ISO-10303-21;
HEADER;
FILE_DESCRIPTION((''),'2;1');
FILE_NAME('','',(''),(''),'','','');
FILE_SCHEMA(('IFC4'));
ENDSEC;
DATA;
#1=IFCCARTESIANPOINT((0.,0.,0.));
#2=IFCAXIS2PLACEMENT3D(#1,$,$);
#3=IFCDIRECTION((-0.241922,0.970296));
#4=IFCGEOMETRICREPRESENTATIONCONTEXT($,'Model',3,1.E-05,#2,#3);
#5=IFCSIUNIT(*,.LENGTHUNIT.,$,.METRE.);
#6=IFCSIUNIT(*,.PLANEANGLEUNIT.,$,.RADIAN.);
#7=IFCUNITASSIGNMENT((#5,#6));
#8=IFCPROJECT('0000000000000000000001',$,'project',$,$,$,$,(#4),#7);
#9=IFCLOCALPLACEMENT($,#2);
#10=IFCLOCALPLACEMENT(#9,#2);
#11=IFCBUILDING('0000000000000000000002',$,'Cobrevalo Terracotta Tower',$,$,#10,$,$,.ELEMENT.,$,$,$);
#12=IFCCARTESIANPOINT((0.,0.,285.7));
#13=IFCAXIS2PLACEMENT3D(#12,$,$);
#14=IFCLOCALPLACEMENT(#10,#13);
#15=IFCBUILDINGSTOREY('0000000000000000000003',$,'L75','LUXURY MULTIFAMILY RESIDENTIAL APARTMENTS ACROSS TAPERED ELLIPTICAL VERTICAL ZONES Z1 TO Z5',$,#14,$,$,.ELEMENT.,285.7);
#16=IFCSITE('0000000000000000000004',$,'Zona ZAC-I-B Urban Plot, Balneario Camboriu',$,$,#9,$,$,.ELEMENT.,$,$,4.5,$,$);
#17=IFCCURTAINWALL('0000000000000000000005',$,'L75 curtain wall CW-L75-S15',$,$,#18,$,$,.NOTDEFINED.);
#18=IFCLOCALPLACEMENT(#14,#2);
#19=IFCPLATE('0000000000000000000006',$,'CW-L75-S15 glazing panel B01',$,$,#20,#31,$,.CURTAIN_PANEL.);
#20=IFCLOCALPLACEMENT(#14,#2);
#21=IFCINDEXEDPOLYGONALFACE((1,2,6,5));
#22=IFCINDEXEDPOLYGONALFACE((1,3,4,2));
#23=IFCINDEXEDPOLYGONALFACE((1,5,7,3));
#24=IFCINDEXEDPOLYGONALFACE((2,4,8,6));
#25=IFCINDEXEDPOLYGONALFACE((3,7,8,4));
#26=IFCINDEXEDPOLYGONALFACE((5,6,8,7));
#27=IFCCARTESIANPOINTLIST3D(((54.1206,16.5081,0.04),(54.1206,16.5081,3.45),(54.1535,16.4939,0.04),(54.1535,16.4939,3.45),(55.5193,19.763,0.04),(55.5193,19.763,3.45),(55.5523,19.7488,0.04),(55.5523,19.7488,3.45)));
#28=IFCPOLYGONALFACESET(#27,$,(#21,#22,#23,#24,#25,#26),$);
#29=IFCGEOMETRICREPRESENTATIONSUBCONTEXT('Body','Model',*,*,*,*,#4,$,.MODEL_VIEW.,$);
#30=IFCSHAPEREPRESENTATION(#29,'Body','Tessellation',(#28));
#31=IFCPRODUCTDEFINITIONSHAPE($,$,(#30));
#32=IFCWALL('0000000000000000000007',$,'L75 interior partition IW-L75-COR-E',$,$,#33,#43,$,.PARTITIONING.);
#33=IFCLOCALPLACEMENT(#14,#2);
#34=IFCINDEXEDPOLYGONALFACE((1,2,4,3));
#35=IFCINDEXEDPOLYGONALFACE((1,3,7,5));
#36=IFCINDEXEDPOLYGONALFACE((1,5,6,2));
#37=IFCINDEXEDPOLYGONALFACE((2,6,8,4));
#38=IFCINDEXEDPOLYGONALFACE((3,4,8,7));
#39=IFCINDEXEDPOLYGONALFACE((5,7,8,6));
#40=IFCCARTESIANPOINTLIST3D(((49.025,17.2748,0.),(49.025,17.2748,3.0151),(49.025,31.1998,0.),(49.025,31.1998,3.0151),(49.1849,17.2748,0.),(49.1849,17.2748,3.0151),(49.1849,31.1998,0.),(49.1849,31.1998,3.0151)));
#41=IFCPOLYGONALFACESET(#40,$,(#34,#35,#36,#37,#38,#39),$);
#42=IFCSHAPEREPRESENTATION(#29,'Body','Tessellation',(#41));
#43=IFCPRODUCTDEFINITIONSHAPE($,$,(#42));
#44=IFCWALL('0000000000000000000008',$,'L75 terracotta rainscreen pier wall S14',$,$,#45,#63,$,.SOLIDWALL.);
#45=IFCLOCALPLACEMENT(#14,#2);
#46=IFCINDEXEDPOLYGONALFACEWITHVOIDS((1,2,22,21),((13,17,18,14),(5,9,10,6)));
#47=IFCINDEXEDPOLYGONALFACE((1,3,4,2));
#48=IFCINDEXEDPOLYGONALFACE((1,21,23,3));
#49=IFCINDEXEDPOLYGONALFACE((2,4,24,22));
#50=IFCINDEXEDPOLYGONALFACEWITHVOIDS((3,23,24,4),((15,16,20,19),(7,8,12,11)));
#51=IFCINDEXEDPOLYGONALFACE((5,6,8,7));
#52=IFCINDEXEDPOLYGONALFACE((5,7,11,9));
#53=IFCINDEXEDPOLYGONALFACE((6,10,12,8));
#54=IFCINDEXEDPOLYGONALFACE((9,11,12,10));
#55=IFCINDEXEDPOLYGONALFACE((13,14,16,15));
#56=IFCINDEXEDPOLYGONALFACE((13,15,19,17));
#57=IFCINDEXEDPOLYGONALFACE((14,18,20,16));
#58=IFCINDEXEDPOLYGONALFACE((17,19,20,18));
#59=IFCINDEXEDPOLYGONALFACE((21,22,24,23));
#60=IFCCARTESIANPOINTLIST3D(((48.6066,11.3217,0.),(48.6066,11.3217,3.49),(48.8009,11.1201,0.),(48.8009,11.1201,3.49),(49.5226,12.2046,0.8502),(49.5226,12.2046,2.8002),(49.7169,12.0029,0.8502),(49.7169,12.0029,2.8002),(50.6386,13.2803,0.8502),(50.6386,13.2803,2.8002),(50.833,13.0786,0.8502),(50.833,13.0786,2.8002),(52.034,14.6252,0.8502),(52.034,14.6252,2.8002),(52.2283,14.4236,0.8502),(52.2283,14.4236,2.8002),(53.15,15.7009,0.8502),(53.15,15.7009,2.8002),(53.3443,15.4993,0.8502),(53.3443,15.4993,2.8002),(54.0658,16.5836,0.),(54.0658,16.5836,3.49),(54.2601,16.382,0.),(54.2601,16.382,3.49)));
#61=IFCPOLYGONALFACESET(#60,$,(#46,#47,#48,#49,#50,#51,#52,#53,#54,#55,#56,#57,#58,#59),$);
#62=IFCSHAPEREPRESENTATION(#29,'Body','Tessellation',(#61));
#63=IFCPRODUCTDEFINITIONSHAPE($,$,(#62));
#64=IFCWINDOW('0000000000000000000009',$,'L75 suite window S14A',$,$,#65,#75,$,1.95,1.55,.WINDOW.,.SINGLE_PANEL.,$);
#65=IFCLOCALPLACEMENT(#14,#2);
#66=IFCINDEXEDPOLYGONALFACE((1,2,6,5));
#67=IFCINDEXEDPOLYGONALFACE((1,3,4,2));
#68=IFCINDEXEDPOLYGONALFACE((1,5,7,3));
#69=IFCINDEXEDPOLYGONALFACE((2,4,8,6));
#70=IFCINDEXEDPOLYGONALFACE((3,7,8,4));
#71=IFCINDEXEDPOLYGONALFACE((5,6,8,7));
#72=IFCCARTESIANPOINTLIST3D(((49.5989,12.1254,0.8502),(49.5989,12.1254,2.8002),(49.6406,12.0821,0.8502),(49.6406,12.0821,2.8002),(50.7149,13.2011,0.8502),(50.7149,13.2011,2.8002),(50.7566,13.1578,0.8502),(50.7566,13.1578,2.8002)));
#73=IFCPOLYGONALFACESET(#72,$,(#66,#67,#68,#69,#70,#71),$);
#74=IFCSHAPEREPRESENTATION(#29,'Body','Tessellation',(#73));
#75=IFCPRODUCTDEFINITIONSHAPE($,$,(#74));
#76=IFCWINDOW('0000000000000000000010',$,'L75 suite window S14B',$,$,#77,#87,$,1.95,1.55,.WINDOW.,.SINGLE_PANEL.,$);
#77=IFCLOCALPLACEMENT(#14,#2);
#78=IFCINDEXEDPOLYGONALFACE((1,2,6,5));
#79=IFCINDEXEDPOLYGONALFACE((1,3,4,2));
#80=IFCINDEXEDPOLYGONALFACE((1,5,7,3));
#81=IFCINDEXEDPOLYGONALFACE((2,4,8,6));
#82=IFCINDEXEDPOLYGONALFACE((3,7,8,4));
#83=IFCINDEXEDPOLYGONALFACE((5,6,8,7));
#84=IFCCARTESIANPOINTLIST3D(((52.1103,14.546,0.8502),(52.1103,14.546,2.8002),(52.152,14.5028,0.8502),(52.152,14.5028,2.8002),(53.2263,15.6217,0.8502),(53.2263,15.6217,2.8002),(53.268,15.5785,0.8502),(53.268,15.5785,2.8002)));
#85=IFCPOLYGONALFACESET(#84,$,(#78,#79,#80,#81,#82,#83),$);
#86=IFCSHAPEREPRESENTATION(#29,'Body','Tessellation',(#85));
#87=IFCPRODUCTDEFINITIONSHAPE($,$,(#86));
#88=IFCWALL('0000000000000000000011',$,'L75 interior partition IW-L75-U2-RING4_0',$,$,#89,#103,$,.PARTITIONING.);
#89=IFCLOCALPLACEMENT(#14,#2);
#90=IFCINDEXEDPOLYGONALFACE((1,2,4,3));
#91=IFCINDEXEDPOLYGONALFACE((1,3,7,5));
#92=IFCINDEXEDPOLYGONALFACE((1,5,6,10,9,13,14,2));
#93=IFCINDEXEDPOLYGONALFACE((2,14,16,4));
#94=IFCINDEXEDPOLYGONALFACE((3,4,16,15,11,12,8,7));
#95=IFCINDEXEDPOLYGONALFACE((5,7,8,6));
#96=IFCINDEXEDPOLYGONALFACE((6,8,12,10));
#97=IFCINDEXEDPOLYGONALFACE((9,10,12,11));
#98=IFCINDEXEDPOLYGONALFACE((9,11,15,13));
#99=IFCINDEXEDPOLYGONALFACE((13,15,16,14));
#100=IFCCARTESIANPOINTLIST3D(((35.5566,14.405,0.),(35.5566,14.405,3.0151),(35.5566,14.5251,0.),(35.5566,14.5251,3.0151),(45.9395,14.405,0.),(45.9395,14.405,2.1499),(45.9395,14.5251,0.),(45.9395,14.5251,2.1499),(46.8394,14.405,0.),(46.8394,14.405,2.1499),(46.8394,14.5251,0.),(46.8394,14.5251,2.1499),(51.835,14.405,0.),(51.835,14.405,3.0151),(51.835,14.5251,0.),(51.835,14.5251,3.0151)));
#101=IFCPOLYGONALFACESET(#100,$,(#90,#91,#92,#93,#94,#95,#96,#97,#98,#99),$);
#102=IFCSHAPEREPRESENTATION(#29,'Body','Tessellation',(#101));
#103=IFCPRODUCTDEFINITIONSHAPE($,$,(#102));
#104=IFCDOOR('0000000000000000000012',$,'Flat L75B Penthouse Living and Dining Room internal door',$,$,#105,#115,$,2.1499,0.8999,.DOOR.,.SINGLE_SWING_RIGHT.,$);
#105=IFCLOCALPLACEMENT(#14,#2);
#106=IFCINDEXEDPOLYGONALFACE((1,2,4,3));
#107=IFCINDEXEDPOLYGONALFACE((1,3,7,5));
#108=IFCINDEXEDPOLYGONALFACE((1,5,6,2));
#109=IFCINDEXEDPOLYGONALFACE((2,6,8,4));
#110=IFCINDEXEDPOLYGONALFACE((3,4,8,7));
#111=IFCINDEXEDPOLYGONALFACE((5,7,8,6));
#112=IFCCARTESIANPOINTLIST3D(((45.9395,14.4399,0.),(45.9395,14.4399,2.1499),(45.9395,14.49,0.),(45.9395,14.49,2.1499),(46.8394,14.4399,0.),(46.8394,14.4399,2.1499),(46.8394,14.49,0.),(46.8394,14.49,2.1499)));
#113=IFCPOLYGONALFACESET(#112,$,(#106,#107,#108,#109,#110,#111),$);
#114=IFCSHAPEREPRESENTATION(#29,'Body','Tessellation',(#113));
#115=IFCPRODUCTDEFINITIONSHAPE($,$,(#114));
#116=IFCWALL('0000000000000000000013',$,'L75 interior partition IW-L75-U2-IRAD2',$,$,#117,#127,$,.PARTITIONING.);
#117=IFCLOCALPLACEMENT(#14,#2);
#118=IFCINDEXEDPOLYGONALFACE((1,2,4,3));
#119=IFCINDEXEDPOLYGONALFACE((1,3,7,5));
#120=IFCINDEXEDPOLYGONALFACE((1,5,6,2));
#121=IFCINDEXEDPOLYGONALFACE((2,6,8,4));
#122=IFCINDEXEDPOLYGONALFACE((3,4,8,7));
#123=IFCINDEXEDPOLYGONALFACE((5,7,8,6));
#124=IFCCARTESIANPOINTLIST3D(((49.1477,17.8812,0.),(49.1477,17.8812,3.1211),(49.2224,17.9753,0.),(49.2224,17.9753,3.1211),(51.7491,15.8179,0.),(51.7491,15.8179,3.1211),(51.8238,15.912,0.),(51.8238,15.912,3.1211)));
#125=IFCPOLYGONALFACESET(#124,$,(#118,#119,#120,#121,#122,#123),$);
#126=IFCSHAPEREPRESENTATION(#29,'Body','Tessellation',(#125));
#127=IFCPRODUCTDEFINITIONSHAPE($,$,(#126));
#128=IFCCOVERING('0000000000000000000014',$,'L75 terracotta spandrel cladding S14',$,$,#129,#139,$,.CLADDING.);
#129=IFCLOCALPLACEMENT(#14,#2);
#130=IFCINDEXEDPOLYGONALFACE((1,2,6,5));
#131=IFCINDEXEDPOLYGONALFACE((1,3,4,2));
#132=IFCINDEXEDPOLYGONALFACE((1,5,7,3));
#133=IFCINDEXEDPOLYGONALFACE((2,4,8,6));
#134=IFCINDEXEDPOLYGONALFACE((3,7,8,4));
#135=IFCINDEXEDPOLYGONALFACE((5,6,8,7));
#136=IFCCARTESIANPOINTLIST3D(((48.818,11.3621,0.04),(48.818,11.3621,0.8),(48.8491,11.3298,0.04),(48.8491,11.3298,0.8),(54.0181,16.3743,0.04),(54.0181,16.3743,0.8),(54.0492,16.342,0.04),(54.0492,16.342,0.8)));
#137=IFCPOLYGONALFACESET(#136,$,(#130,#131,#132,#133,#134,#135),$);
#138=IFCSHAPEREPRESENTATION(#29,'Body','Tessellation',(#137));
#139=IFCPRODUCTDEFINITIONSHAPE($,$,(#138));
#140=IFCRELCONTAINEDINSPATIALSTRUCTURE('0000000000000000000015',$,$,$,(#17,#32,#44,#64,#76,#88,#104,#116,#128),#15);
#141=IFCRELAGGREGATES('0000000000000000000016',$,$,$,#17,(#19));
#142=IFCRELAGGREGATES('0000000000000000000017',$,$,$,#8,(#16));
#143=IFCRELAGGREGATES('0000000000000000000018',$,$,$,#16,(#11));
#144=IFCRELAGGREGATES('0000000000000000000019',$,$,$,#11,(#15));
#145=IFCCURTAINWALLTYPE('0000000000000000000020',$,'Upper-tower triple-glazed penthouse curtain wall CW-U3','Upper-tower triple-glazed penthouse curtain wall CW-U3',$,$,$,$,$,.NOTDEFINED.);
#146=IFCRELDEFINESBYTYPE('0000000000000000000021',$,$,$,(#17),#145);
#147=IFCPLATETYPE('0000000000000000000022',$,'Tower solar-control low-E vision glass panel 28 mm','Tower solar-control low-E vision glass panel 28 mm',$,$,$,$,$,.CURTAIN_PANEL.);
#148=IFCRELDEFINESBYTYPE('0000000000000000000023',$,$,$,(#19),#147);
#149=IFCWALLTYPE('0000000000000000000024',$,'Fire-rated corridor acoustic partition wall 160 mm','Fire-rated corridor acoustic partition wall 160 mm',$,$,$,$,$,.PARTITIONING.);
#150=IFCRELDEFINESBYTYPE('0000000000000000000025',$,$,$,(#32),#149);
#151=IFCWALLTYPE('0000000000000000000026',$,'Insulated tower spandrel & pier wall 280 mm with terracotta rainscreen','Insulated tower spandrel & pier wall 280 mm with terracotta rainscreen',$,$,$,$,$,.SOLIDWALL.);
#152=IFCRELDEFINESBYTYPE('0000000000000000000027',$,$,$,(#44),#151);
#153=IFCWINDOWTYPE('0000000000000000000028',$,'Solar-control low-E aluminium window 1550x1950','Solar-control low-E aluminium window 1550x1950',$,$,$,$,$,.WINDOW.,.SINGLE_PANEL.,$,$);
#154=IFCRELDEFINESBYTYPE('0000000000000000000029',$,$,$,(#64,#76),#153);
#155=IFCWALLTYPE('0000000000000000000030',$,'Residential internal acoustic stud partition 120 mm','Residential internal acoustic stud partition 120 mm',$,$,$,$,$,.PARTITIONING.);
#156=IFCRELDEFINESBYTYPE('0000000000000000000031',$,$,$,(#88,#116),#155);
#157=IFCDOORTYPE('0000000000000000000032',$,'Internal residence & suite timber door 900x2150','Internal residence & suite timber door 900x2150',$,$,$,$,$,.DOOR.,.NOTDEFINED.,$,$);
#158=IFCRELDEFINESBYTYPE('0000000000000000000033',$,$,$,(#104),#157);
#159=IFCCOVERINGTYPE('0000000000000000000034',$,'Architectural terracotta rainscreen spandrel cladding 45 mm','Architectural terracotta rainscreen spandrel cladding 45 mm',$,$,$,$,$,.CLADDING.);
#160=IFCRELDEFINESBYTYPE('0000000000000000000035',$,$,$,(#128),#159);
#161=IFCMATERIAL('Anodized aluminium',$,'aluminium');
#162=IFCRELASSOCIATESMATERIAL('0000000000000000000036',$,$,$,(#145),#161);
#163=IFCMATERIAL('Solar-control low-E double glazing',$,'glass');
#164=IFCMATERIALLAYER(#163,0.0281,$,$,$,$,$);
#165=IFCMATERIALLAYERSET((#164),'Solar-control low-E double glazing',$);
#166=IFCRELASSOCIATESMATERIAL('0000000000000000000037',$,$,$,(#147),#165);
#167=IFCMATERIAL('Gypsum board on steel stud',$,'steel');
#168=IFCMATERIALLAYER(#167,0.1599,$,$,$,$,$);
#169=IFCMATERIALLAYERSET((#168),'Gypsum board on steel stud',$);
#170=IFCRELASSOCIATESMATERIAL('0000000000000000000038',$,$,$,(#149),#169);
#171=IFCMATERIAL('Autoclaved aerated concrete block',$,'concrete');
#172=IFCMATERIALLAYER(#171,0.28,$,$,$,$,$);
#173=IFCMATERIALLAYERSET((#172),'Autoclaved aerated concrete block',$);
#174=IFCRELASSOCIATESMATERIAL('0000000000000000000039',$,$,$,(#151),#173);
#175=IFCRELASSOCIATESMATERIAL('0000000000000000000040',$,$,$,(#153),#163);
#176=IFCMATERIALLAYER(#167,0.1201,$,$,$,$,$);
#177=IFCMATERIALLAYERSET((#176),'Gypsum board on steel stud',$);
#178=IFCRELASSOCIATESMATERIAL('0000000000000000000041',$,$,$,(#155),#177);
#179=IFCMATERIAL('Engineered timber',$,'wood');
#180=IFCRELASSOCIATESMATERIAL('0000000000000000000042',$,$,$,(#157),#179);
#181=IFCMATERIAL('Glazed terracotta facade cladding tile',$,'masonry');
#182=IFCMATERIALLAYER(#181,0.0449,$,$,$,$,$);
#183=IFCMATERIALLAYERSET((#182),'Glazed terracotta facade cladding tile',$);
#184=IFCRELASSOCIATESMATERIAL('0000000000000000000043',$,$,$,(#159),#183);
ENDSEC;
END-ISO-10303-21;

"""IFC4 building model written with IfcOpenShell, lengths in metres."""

from ifc_helpers import new_model, si_unit, direction, frame, frame_2d, origin, origin_2d, place, context, subcontext, project, spatial, rectangle, extrude, source, transform, mapped, material, layer, layer_set, type_object, element, fill, aggregate, save


model = new_model("IFC4")

# Units and contexts
model_context = context("Model", 3, precision=1e-05, world=origin(), true_north=direction((-0.241922, 0.970296)))
body_context = subcontext(model_context, "Body", "Model", "MODEL_VIEW")
ifc_project = project(units=[si_unit("LENGTHUNIT", "METRE"), si_unit("PLANEANGLEUNIT", "RADIAN")], contexts=[model_context])

# Site, building, storey
site_placement = place(None, origin())
site = spatial("IfcSite", under=ifc_project, at=site_placement, Name="Zona ZAC-I-B Urban Plot, Balneario Camboriu", CompositionType="ELEMENT", RefElevation=4.5)
building_placement = place(site_placement, origin())
building = spatial("IfcBuilding", under=site, at=building_placement, Name="Cobrevalo Terracotta Tower", CompositionType="ELEMENT")
storey_placement = place(building_placement, frame((0.0, 0.0, 285.7)))
storey = spatial("IfcBuildingStorey", under=building, at=storey_placement, Name="L75", Description="LUXURY MULTIFAMILY RESIDENTIAL APARTMENTS ACROSS TAPERED ELLIPTICAL VERTICAL ZONES Z1 TO Z5", CompositionType="ELEMENT", Elevation=285.7)

# Shared definitions
ifc_material_1 = material(Name="Anodized aluminium", Category="aluminium")
curtain_wall_type = type_object("IfcCurtainWallType", Name="Upper-tower triple-glazed penthouse curtain wall CW-U3", Description="Upper-tower triple-glazed penthouse curtain wall CW-U3", PredefinedType="NOTDEFINED", material=ifc_material_1)

# Curtain wall
curtain_wall_1_placement = place(storey_placement, origin())
curtain_wall_1 = element("IfcCurtainWall", 1, at=curtain_wall_1_placement, inside=storey, type_object=curtain_wall_type, Name="L75 curtain wall CW-L75-S15", PredefinedType="NOTDEFINED")

# Plate
ifc_material_2 = material(Name="Solar-control low-E double glazing", Category="glass")
ifc_layer_1 = layer(ifc_material_2, 0.0281)
ifc_layer_set_1 = layer_set([ifc_layer_1], Name="Solar-control low-E double glazing")
plate_type = type_object("IfcPlateType", Name="Tower solar-control low-E vision glass panel 28 mm", Description="Tower solar-control low-E vision glass panel 28 mm", PredefinedType="CURTAIN_PANEL", material=ifc_layer_set_1)
shared_shape_1 = source(origin(), body_context, "Body", "SweptSolid", [
    extrude(rectangle(XDim=3.5427, YDim=0.0359, at=origin_2d()), origin(), (0.0, 0.0, 1.0), 3.4099),
])
plate_1_placement = place(storey_placement, frame((54.8364, 18.1284, 0.04), z_axis=(0.0, 0.0, 1.0), x_axis=(0.394829, 0.918755, 0.0)))
plate_1 = element("IfcPlate", 2, at=plate_1_placement, type_object=plate_type, Name="CW-L75-S15 glazing panel B01", PredefinedType="CURTAIN_PANEL", context=body_context, shape_type="MappedRepresentation", body=[
    mapped(shared_shape_1, transform((0.0, 0.0, 0.0), scale=1.0)),
])
aggregate(curtain_wall_1, [plate_1])

# Wall
ifc_material_3 = material(Name="Gypsum board on steel stud", Category="steel")
ifc_layer_2 = layer(ifc_material_3, 0.1599)
ifc_layer_set_2 = layer_set([ifc_layer_2], Name="Gypsum board on steel stud")
wall_type_1 = type_object("IfcWallType", Name="Fire-rated corridor acoustic partition wall 160 mm", Description="Fire-rated corridor acoustic partition wall 160 mm", PredefinedType="PARTITIONING", material=ifc_layer_set_2)
wall_1_placement = place(storey_placement, frame((49.105, 17.2749, 0.0), z_axis=(0.0, 0.0, 1.0), x_axis=(0.0, 1.0, 0.0)))
element("IfcWall", 3, at=wall_1_placement, inside=storey, type_object=wall_type_1, Name="L75 interior partition IW-L75-COR-E", PredefinedType="PARTITIONING", context=body_context, shape_type="SweptSolid", body=[
    extrude(rectangle(XDim=13.925, YDim=0.1599, at=frame_2d((6.9624, 0.0))), origin(), (0.0, 0.0, 1.0), 3.0151),
])

# Wall, openings, windows
ifc_material_4 = material(Name="Autoclaved aerated concrete block", Category="concrete")
ifc_layer_3 = layer(ifc_material_4, 0.28)
ifc_layer_set_3 = layer_set([ifc_layer_3], Name="Autoclaved aerated concrete block")
wall_type_2 = type_object("IfcWallType", Name="Insulated tower spandrel & pier wall 280 mm with terracotta rainscreen", Description="Insulated tower spandrel & pier wall 280 mm with terracotta rainscreen", PredefinedType="SOLIDWALL", material=ifc_layer_set_3)
wall_2_placement = place(storey_placement, frame((48.7039, 11.2209, 0.0), z_axis=(0.0, 0.0, 1.0), x_axis=(0.719995, 0.693979, 0.0)))
wall_2 = element("IfcWall", 4, at=wall_2_placement, inside=storey, type_object=wall_type_2, Name="L75 terracotta rainscreen pier wall S14", PredefinedType="SOLIDWALL", context=body_context, shape_type="SweptSolid", body=[
    extrude(rectangle(XDim=7.5823, YDim=0.28, at=frame_2d((3.791, 0.0))), origin(), (0.0, 0.0, 1.0), 3.49),
])
opening_1_placement = place(wall_2_placement, frame((1.2722, 0.0, 0.8501)))
opening_1 = element("IfcOpeningElement", 5, at=opening_1_placement, cuts=wall_2, PredefinedType="OPENING", context=body_context, shape_type="SweptSolid", body=[
    extrude(rectangle(XDim=1.55, YDim=1.95, at=frame_2d((0.7749, 0.9751))), frame((0.0, 0.1499, 0.0), z_axis=(0.0, -1.0, 0.0), x_axis=(1.0, 0.0, 0.0)), (0.0, 0.0, 1.0), 0.3),
])
opening_2_placement = place(wall_2_placement, frame((4.7603, 0.0, 0.8501)))
opening_2 = element("IfcOpeningElement", 6, at=opening_2_placement, cuts=wall_2, PredefinedType="OPENING", context=body_context, shape_type="SweptSolid", body=[
    extrude(rectangle(XDim=1.55, YDim=1.95, at=frame_2d((0.7749, 0.9751))), frame((0.0, 0.1499, 0.0), z_axis=(0.0, -1.0, 0.0), x_axis=(1.0, 0.0, 0.0)), (0.0, 0.0, 1.0), 0.3),
])
window_type = type_object("IfcWindowType", Name="Solar-control low-E aluminium window 1550x1950", Description="Solar-control low-E aluminium window 1550x1950", PartitioningType="SINGLE_PANEL", PredefinedType="WINDOW", material=ifc_material_2)
shared_shape_2 = source(origin(), body_context, "Body", "SweptSolid", [
    extrude(rectangle(XDim=1.55, YDim=1.95, at=frame_2d((0.7749, 0.9751))), frame((0.0, 0.03, 0.0), z_axis=(0.0, -1.0, 0.0), x_axis=(1.0, 0.0, 0.0)), (0.0, 0.0, 1.0), 0.0601),
])
window_1_placement = place(opening_1_placement, origin())
window_1 = element("IfcWindow", 7, at=window_1_placement, inside=storey, type_object=window_type, Name="L75 suite window S14A", OverallHeight=1.95, OverallWidth=1.55, PartitioningType="SINGLE_PANEL", PredefinedType="WINDOW", context=body_context, shape_type="MappedRepresentation", body=[
    mapped(shared_shape_2, transform((0.0, 0.0, 0.0), scale=1.0)),
])
fill(opening_1, window_1)
window_2_placement = place(opening_2_placement, origin())
window_2 = element("IfcWindow", 8, at=window_2_placement, inside=storey, type_object=window_type, Name="L75 suite window S14B", OverallHeight=1.95, OverallWidth=1.55, PartitioningType="SINGLE_PANEL", PredefinedType="WINDOW", context=body_context, shape_type="MappedRepresentation", body=[
    mapped(shared_shape_2, transform((0.0, 0.0, 0.0), scale=1.0)),
])
fill(opening_2, window_2)

# Wall, opening, door
ifc_layer_4 = layer(ifc_material_3, 0.1201)
ifc_layer_set_4 = layer_set([ifc_layer_4], Name="Gypsum board on steel stud")
wall_type_3 = type_object("IfcWallType", Name="Residential internal acoustic stud partition 120 mm", Description="Residential internal acoustic stud partition 120 mm", PredefinedType="PARTITIONING", material=ifc_layer_set_4)
wall_3_placement = place(storey_placement, frame((51.835, 14.4651, 0.0), z_axis=(0.0, 0.0, 1.0), x_axis=(-1.0, 0.0, 0.0)))
wall_3 = element("IfcWall", 9, at=wall_3_placement, inside=storey, type_object=wall_type_3, Name="L75 interior partition IW-L75-U2-RING4_0", PredefinedType="PARTITIONING", context=body_context, shape_type="SweptSolid", body=[
    extrude(rectangle(XDim=16.2783, YDim=0.1201, at=frame_2d((8.1392, 0.0))), origin(), (0.0, 0.0, 1.0), 3.0151),
])
opening_3_placement = place(wall_3_placement, frame((4.9956, 0.0, 0.0)))
opening_3 = element("IfcOpeningElement", 10, at=opening_3_placement, cuts=wall_3, PredefinedType="OPENING", context=body_context, shape_type="SweptSolid", body=[
    extrude(rectangle(XDim=0.8999, YDim=2.1499, at=frame_2d((0.45, 1.075))), frame((0.0, 0.0701, 0.0), z_axis=(0.0, -1.0, 0.0), x_axis=(1.0, 0.0, 0.0)), (0.0, 0.0, 1.0), 0.1401),
])
ifc_material_5 = material(Name="Engineered timber", Category="wood")
door_type = type_object("IfcDoorType", Name="Internal residence & suite timber door 900x2150", Description="Internal residence & suite timber door 900x2150", OperationType="NOTDEFINED", PredefinedType="DOOR", material=ifc_material_5)
shared_shape_3 = source(origin(), body_context, "Body", "SweptSolid", [
    extrude(rectangle(XDim=0.8999, YDim=2.1499, at=frame_2d((0.45, 1.075))), frame((0.0, 0.0249, 0.0), z_axis=(0.0, -1.0, 0.0), x_axis=(1.0, 0.0, 0.0)), (0.0, 0.0, 1.0), 0.05),
])
door_placement = place(opening_3_placement, frame((0.8999, 0.0, 0.0), z_axis=(0.0, 0.0, 1.0), x_axis=(-1.0, 0.0, 0.0)))
door = element("IfcDoor", 11, at=door_placement, inside=storey, type_object=door_type, Name="Flat L75B Penthouse Living and Dining Room internal door", OperationType="SINGLE_SWING_RIGHT", OverallHeight=2.1499, OverallWidth=0.8999, PredefinedType="DOOR", context=body_context, shape_type="MappedRepresentation", body=[
    mapped(shared_shape_3, transform((0.0, 0.0, 0.0), scale=1.0)),
])
fill(opening_3, door)

# Wall
wall_4_placement = place(storey_placement, frame((49.1851, 17.9282, 0.0), z_axis=(0.0, 0.0, 1.0), x_axis=(0.78348, -0.621417, 0.0)))
element("IfcWall", 12, at=wall_4_placement, inside=storey, type_object=wall_type_3, Name="L75 interior partition IW-L75-U2-IRAD2", PredefinedType="PARTITIONING", context=body_context, shape_type="SweptSolid", body=[
    extrude(rectangle(XDim=3.3203, YDim=0.1201, at=frame_2d((1.6602, 0.0))), origin(), (0.0, 0.0, 1.0), 3.1211),
])

# Covering
ifc_material_6 = material(Name="Glazed terracotta facade cladding tile", Category="masonry")
ifc_layer_5 = layer(ifc_material_6, 0.0449)
ifc_layer_set_5 = layer_set([ifc_layer_5], Name="Glazed terracotta facade cladding tile")
covering_type = type_object("IfcCoveringType", Name="Architectural terracotta rainscreen spandrel cladding 45 mm", Description="Architectural terracotta rainscreen spandrel cladding 45 mm", PredefinedType="CLADDING", material=ifc_layer_set_5)
shared_shape_4 = source(origin(), body_context, "Body", "SweptSolid", [
    extrude(rectangle(XDim=7.2224, YDim=0.0449, at=origin_2d()), origin(), (0.0, 0.0, 1.0), 0.76),
])
covering_placement = place(storey_placement, frame((51.4336, 13.8521, 0.04), z_axis=(0.0, 0.0, 1.0), x_axis=(0.719997, 0.693978, 0.0)))
element("IfcCovering", 13, at=covering_placement, inside=storey, type_object=covering_type, Name="L75 terracotta spandrel cladding S14", PredefinedType="CLADDING", context=body_context, shape_type="MappedRepresentation", body=[
    mapped(shared_shape_4, transform((0.0, 0.0, 0.0), scale=1.0)),
])

save(model, "model.ifc")
